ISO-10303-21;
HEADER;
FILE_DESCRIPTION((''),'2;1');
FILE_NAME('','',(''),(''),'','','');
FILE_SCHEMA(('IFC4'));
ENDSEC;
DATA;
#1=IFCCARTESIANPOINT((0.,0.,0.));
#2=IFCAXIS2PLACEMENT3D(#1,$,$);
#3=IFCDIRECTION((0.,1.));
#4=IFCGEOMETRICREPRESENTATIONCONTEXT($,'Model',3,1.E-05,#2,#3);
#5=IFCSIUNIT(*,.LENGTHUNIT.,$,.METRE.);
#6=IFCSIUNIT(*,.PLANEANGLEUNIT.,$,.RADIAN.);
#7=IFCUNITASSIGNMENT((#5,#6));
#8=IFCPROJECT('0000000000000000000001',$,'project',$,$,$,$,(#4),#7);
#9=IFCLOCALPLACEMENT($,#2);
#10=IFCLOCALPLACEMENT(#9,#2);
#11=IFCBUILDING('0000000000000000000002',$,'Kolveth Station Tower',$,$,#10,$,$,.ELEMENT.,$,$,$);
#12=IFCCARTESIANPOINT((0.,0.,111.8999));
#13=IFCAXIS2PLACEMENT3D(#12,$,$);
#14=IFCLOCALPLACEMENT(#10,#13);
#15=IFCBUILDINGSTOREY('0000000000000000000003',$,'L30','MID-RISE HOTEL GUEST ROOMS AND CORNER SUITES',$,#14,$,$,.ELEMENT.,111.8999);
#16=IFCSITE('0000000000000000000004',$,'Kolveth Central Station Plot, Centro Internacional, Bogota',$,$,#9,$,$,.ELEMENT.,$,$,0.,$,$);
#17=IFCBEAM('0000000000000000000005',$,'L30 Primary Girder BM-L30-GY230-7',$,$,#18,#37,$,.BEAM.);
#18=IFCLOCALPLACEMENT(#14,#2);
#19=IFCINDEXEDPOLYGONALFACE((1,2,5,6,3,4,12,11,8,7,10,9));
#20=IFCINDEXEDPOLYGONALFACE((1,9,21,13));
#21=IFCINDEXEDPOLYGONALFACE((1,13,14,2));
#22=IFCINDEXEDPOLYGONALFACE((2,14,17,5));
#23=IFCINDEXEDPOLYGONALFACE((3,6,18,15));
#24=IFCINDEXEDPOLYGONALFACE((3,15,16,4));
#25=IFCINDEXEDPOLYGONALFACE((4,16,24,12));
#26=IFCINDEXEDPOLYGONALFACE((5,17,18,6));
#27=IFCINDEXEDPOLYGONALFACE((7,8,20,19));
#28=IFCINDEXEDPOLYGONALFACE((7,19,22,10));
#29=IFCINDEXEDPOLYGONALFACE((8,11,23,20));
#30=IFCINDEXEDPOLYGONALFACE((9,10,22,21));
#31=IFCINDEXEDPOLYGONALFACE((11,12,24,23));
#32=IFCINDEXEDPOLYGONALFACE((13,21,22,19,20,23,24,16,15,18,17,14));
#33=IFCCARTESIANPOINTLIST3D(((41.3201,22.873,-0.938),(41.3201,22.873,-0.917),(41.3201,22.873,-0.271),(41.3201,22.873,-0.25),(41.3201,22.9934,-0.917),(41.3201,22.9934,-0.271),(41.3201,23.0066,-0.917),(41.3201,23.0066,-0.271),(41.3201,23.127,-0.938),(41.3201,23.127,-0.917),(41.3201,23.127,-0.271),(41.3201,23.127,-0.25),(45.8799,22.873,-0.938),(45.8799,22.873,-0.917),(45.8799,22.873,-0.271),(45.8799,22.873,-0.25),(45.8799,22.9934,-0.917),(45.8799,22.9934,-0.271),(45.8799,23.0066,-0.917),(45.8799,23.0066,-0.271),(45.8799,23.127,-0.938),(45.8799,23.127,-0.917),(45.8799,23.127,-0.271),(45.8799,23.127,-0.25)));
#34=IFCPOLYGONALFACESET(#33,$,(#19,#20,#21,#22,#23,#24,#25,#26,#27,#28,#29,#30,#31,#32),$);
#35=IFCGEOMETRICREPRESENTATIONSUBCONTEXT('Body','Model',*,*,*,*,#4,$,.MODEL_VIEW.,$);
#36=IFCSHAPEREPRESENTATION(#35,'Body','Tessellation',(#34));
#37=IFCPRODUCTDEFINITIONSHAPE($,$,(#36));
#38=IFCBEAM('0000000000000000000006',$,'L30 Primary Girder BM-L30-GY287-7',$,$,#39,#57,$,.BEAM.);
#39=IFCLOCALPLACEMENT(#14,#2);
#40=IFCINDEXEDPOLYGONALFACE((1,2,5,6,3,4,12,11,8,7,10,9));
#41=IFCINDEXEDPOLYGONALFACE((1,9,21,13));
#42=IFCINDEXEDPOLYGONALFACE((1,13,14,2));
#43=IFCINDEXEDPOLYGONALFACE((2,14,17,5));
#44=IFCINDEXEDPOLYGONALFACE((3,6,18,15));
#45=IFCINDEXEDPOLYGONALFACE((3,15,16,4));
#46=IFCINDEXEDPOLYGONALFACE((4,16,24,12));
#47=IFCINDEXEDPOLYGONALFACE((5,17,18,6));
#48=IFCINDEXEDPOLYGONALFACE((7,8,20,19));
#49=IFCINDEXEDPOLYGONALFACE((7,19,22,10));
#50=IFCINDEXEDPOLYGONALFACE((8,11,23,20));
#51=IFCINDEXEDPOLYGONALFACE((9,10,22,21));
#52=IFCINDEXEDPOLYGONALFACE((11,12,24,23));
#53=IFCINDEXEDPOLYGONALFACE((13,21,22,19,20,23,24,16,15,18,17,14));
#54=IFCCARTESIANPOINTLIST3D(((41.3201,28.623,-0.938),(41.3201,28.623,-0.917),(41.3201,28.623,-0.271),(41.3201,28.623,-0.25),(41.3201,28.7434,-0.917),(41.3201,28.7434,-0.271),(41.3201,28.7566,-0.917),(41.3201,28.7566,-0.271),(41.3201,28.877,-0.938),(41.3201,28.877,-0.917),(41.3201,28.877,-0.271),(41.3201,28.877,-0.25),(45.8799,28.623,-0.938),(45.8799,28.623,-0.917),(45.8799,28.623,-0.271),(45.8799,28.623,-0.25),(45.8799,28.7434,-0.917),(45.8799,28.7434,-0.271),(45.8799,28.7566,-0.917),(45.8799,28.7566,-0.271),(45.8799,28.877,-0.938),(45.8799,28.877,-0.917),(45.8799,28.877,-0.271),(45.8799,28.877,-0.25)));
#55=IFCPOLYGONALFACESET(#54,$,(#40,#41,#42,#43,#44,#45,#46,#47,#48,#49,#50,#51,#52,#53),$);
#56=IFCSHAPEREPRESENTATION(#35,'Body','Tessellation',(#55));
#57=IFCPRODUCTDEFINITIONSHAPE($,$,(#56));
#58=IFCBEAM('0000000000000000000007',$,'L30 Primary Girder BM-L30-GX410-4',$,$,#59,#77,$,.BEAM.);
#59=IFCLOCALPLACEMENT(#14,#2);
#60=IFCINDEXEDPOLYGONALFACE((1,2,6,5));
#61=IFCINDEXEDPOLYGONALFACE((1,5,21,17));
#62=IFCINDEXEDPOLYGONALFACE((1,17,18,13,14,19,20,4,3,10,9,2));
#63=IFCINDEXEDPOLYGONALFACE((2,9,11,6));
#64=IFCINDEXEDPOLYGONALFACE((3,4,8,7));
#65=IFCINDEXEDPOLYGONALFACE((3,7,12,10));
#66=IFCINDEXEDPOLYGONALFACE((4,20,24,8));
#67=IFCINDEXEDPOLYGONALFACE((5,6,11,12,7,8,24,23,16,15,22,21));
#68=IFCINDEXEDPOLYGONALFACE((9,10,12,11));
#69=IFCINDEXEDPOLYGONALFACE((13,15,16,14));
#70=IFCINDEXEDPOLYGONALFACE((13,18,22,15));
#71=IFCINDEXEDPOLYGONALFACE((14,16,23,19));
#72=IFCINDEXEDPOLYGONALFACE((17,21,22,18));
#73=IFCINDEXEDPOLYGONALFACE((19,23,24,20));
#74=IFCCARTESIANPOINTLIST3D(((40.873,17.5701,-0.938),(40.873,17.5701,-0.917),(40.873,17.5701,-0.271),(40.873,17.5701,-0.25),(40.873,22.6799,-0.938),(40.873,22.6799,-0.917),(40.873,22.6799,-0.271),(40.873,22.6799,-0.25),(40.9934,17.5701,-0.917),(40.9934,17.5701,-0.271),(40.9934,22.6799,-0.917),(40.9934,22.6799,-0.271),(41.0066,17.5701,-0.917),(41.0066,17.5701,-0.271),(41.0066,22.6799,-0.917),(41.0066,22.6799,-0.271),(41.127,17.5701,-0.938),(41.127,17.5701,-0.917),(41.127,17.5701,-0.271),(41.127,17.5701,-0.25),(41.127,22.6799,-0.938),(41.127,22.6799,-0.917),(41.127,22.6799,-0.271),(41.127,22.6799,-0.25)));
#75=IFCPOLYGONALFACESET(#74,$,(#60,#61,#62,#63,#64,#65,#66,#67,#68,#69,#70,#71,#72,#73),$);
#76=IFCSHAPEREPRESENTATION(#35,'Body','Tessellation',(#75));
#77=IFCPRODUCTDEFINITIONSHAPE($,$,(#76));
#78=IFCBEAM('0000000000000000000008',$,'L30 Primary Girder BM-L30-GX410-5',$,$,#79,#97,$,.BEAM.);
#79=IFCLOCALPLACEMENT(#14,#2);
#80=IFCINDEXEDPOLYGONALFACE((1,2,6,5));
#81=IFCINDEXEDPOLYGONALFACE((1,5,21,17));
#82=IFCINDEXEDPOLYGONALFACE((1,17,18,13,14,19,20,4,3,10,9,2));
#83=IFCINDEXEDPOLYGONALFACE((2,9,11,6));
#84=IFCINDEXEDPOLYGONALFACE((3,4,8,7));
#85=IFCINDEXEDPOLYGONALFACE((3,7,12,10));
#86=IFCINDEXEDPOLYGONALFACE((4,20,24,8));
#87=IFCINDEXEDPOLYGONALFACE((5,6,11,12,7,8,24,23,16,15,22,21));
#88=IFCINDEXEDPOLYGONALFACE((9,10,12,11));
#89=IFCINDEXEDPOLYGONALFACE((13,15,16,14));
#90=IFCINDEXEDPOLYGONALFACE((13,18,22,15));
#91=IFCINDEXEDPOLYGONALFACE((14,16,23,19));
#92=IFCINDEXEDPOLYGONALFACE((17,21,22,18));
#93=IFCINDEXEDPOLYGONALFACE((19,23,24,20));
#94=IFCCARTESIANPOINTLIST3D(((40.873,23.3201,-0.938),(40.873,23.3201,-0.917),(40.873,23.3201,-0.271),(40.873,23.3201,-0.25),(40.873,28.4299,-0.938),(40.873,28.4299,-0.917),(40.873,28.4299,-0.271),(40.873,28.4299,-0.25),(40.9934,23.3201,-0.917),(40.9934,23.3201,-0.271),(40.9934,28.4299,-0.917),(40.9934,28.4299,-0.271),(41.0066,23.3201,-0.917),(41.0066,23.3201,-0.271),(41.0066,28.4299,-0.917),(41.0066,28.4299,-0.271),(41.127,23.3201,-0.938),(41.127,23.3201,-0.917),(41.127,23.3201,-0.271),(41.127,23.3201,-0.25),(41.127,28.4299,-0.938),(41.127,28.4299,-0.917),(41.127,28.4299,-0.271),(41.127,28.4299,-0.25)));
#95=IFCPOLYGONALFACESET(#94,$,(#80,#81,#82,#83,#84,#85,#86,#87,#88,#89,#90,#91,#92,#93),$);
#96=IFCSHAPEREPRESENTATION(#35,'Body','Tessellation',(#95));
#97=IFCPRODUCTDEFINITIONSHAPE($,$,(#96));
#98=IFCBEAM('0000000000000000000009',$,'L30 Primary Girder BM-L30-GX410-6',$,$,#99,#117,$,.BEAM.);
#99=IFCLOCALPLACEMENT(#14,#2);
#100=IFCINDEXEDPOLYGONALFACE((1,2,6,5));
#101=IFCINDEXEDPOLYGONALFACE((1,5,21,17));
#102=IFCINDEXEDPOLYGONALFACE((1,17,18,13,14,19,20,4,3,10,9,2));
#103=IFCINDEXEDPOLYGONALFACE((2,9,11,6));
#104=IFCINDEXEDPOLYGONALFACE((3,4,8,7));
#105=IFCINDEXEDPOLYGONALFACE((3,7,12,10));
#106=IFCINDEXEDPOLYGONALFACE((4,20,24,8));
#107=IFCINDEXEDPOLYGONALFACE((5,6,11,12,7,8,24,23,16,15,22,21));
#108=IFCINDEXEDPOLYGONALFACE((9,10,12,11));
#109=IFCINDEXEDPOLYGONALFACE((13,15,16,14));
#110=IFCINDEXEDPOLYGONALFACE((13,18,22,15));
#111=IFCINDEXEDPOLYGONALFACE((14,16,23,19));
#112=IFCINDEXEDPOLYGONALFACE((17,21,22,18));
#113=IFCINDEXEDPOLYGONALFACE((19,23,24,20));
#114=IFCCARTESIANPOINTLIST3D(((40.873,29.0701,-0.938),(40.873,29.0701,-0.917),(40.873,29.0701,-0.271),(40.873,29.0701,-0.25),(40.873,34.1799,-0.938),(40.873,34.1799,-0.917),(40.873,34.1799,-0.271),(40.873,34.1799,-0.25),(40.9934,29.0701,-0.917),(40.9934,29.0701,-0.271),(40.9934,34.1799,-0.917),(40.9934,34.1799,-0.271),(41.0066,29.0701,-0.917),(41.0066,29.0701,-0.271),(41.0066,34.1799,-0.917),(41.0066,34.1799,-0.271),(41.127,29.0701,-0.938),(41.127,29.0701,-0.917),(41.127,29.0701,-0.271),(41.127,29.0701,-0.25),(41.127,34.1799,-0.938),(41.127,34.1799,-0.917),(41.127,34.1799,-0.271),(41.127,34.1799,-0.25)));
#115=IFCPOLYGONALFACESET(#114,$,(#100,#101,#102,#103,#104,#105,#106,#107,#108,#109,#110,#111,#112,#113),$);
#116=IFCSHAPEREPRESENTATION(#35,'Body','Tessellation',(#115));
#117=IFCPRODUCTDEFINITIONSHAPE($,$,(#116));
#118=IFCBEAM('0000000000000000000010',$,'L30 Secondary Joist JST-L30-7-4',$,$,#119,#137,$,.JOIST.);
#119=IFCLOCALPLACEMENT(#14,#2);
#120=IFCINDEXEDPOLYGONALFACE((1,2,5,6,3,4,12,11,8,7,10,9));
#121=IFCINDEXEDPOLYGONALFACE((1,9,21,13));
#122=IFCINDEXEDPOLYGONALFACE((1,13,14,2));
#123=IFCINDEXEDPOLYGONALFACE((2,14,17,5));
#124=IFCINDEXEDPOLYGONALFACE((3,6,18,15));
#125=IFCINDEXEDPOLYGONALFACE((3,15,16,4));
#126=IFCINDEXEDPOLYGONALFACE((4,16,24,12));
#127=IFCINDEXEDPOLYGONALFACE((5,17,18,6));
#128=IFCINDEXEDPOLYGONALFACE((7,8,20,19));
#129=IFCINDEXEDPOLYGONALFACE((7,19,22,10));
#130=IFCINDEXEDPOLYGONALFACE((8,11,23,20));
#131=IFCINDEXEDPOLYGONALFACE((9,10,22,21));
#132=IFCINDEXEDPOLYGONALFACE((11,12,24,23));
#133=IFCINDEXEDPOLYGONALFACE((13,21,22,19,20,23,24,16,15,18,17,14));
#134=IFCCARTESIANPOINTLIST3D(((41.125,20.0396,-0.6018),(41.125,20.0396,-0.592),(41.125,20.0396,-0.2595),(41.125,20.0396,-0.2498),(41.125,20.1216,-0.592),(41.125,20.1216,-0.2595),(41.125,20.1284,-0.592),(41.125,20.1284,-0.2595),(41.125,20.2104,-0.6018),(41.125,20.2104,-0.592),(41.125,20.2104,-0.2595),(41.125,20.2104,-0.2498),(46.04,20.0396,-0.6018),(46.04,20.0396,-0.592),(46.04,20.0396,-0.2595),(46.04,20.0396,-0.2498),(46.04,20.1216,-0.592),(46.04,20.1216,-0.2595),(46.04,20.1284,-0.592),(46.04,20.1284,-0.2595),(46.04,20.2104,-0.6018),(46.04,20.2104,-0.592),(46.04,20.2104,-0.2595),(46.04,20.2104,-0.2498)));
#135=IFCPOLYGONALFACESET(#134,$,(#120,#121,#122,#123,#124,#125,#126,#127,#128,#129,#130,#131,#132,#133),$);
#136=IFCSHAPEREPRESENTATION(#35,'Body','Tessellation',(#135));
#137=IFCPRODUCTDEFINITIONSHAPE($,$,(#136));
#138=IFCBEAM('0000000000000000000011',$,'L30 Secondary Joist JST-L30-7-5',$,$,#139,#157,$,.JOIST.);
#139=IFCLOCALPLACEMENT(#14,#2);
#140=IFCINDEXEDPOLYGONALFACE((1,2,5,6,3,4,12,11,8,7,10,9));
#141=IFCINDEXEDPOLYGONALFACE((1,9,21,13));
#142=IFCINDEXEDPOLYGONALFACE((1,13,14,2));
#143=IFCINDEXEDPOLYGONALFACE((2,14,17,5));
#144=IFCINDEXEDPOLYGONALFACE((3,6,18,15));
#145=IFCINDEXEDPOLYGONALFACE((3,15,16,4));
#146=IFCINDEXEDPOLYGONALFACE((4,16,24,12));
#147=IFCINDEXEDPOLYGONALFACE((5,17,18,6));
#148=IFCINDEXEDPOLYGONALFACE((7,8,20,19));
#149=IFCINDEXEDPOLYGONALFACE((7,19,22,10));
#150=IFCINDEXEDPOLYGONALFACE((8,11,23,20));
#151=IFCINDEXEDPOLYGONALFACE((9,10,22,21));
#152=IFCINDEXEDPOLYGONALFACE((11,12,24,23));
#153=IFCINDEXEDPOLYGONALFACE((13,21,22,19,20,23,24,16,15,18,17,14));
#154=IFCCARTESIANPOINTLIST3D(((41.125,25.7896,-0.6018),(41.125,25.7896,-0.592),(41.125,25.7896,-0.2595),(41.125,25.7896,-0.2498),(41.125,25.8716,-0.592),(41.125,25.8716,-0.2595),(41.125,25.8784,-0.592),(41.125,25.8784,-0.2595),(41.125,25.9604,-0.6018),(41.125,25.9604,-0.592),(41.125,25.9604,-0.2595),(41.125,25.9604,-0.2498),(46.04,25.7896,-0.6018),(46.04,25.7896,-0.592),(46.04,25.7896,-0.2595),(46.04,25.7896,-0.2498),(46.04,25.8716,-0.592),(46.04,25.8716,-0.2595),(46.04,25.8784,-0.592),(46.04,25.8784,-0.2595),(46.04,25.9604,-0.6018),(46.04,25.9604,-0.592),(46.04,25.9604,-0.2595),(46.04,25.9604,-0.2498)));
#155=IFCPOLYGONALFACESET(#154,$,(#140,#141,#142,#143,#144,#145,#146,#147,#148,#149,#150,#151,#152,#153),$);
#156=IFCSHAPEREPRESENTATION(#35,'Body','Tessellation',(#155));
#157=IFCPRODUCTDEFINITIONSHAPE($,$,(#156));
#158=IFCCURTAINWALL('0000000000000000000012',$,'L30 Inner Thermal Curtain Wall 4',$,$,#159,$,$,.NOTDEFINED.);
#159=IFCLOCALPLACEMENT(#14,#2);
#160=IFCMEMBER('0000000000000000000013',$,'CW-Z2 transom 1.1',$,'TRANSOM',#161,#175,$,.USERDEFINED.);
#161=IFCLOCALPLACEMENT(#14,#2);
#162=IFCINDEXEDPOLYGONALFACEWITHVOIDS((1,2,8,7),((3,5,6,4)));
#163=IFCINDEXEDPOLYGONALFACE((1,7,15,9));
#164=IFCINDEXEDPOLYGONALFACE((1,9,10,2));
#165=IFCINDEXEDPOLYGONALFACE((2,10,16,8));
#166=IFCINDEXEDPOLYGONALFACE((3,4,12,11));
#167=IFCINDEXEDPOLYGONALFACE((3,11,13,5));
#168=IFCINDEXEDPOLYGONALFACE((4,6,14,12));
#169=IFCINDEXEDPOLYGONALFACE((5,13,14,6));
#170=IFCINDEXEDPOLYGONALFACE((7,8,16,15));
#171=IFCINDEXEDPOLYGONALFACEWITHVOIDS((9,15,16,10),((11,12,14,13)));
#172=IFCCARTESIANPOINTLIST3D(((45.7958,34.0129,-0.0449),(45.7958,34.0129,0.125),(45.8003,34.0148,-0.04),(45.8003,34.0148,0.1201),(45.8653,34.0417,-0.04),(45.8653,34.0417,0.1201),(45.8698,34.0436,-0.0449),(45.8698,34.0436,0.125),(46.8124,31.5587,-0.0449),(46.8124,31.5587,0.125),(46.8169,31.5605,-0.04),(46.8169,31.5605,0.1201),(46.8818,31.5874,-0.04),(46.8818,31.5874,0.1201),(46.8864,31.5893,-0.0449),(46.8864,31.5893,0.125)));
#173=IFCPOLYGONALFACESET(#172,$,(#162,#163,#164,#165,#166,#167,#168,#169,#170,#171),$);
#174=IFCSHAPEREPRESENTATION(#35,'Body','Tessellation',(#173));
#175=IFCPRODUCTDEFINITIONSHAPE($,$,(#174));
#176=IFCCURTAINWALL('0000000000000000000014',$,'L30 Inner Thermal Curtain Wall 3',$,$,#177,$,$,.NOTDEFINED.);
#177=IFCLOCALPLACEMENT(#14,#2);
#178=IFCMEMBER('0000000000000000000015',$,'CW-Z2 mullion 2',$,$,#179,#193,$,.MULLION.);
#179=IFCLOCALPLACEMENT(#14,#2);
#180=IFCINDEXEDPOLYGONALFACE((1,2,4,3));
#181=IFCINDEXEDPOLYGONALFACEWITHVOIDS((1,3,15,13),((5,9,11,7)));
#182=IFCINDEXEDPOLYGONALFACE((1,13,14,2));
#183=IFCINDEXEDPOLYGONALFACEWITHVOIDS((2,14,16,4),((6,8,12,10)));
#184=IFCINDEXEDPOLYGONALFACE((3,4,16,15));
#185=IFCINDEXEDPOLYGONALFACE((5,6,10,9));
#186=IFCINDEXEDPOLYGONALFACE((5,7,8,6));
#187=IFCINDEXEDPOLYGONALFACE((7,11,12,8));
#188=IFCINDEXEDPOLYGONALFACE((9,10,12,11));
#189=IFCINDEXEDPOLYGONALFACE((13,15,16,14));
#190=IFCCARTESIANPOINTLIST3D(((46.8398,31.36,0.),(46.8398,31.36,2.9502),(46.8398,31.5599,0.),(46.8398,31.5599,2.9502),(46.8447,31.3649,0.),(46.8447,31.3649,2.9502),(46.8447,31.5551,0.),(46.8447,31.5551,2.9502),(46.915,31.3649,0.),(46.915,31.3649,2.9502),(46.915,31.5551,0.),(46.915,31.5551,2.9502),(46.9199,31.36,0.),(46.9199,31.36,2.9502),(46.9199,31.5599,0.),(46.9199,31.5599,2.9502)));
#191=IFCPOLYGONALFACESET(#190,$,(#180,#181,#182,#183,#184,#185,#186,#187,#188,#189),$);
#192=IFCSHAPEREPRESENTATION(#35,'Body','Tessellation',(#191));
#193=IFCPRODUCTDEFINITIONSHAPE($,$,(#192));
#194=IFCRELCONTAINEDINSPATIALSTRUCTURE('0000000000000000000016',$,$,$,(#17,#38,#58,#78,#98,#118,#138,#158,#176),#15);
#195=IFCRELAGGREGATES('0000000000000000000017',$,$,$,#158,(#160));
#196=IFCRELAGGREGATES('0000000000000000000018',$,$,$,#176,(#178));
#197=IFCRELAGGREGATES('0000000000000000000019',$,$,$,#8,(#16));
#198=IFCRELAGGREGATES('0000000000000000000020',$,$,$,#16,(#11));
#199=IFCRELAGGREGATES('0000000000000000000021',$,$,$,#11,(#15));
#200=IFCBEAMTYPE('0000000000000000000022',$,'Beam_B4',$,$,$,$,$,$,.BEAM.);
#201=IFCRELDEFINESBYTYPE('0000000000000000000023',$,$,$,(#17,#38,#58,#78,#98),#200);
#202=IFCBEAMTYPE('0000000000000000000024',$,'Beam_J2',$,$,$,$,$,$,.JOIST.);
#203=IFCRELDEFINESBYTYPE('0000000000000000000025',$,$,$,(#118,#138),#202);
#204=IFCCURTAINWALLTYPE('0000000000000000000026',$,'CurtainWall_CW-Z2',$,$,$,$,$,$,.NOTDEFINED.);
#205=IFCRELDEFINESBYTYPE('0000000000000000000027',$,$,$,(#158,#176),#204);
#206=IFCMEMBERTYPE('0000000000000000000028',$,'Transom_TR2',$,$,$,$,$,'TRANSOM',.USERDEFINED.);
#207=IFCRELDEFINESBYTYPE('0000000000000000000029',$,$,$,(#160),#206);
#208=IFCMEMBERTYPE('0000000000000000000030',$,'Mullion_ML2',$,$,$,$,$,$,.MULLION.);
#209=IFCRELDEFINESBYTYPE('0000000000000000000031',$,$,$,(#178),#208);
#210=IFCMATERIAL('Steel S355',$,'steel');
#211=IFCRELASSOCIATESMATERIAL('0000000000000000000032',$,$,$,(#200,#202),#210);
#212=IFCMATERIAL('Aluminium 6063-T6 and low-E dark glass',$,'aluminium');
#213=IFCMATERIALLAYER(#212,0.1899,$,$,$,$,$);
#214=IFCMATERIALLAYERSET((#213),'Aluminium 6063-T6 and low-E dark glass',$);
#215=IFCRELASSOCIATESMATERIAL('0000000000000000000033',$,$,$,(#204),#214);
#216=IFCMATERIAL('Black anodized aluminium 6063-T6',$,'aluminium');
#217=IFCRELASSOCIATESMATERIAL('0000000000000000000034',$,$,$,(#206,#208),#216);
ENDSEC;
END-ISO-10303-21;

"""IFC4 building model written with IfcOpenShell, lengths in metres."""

from ifc_helpers import new_model, si_unit, direction, frame, origin, origin_2d, place, context, subcontext, project, spatial, hollow_rectangle, i_section, extrude, source, transform, mapped, material, layer, layer_set, material_profile, profile_set, type_object, element, aggregate, save


model = new_model("IFC4")

# Units and contexts
model_context = context("Model", 3, precision=1e-05, world=origin(), true_north=direction((0.0, 1.0)))
body_context = subcontext(model_context, "Body", "Model", "MODEL_VIEW")
ifc_project = project(units=[si_unit("LENGTHUNIT", "METRE"), si_unit("PLANEANGLEUNIT", "RADIAN")], contexts=[model_context])

# Site, building, storey
site_placement = place(None, origin())
site = spatial("IfcSite", under=ifc_project, at=site_placement, Name="Kolveth Central Station Plot, Centro Internacional, Bogota", CompositionType="ELEMENT", RefElevation=0.0)
building_placement = place(site_placement, origin())
building = spatial("IfcBuilding", under=site, at=building_placement, Name="Kolveth Station Tower", CompositionType="ELEMENT")
storey_placement = place(building_placement, frame((0.0, 0.0, 111.8999)))
storey = spatial("IfcBuildingStorey", under=building, at=storey_placement, Name="L30", Description="MID-RISE HOTEL GUEST ROOMS AND CORNER SUITES", CompositionType="ELEMENT", Elevation=111.8999)

# Beams
ifc_material_1 = material(Name="Steel S355", Category="steel")
ifc_material_profile_1 = material_profile(ifc_material_1, i_section(OverallWidth=0.2539, OverallDepth=0.688, WebThickness=0.0132, FlangeThickness=0.021, at=origin_2d()), Name="W690x152")
ifc_profile_set_1 = profile_set([ifc_material_profile_1], Name="Steel S355")
beam_type_1 = type_object("IfcBeamType", Name="Beam_B4", PredefinedType="BEAM", material=ifc_profile_set_1)
shared_shape_1 = source(origin(), body_context, "Body", "SweptSolid", [
    extrude(i_section(OverallWidth=0.2539, OverallDepth=0.688, WebThickness=0.0132, FlangeThickness=0.021, at=origin_2d()), origin(), (0.0, 0.0, 1.0), 4.5598),
])
for number, where, z_axis, x_axis, name in (
    (1, (41.3201, 23.0, -0.594), (1.0, 0.0, 0.0), (0.0, 1.0, 0.0), "L30 Primary Girder BM-L30-GY230-7"),
    (2, (41.3201, 28.75, -0.594), (1.0, 0.0, 0.0), (0.0, 1.0, 0.0), "L30 Primary Girder BM-L30-GY287-7"),
):
    element("IfcBeam", number, at=place(storey_placement, frame(where, z_axis=z_axis, x_axis=x_axis)), inside=storey, type_object=beam_type_1, Name=name, PredefinedType="BEAM", context=body_context, shape_type="MappedRepresentation", body=[
        mapped(shared_shape_1, transform((0.0, 0.0, 0.0), x_axis=(1.0, 0.0, 0.0), y_axis=(0.0, 1.0, 0.0), z_axis=(0.0, 0.0, 1.0), scale=1.0)),
    ])
shared_shape_2 = source(origin(), body_context, "Body", "SweptSolid", [
    extrude(i_section(OverallWidth=0.2539, OverallDepth=0.688, WebThickness=0.0132, FlangeThickness=0.021, at=origin_2d()), origin(), (0.0, 0.0, 1.0), 5.1099),
])
for number, where, z_axis, x_axis, name in (
    (3, (41.0, 17.5701, -0.594), (0.0, 1.0, 0.0), (-1.0, 0.0, 0.0), "L30 Primary Girder BM-L30-GX410-4"),
    (4, (41.0, 23.3201, -0.594), (0.0, 1.0, 0.0), (-1.0, 0.0, 0.0), "L30 Primary Girder BM-L30-GX410-5"),
    (5, (41.0, 29.0701, -0.594), (0.0, 1.0, 0.0), (-1.0, 0.0, 0.0), "L30 Primary Girder BM-L30-GX410-6"),
):
    element("IfcBeam", number, at=place(storey_placement, frame(where, z_axis=z_axis, x_axis=x_axis)), inside=storey, type_object=beam_type_1, Name=name, PredefinedType="BEAM", context=body_context, shape_type="MappedRepresentation", body=[
        mapped(shared_shape_2, transform((0.0, 0.0, 0.0), x_axis=(1.0, 0.0, 0.0), y_axis=(0.0, 1.0, 0.0), z_axis=(0.0, 0.0, 1.0), scale=1.0)),
    ])
ifc_material_profile_2 = material_profile(ifc_material_1, i_section(OverallWidth=0.1709, OverallDepth=0.3521, WebThickness=0.0068, FlangeThickness=0.0098, at=origin_2d()), Name="W360x44")
ifc_profile_set_2 = profile_set([ifc_material_profile_2], Name="Steel S355")
beam_type_2 = type_object("IfcBeamType", Name="Beam_J2", PredefinedType="JOIST", material=ifc_profile_set_2)
shared_shape_3 = source(origin(), body_context, "Body", "SweptSolid", [
    extrude(i_section(OverallWidth=0.1709, OverallDepth=0.3521, WebThickness=0.0068, FlangeThickness=0.0098, at=origin_2d()), origin(), (0.0, 0.0, 1.0), 4.915),
])
for number, where, z_axis, x_axis, name in (
    (6, (41.125, 20.125, -0.4258), (1.0, 0.0, 0.0), (0.0, 1.0, 0.0), "L30 Secondary Joist JST-L30-7-4"),
    (7, (41.125, 25.875, -0.4258), (1.0, 0.0, 0.0), (0.0, 1.0, 0.0), "L30 Secondary Joist JST-L30-7-5"),
):
    element("IfcBeam", number, at=place(storey_placement, frame(where, z_axis=z_axis, x_axis=x_axis)), inside=storey, type_object=beam_type_2, Name=name, PredefinedType="JOIST", context=body_context, shape_type="MappedRepresentation", body=[
        mapped(shared_shape_3, transform((0.0, 0.0, 0.0), x_axis=(1.0, 0.0, 0.0), y_axis=(0.0, 1.0, 0.0), z_axis=(0.0, 0.0, 1.0), scale=1.0)),
    ])

# Curtain walls, members
ifc_material_2 = material(Name="Aluminium 6063-T6 and low-E dark glass", Category="aluminium")
ifc_layer_1 = layer(ifc_material_2, 0.1899)
ifc_layer_set_1 = layer_set([ifc_layer_1], Name="Aluminium 6063-T6 and low-E dark glass")
curtain_wall_type = type_object("IfcCurtainWallType", Name="CurtainWall_CW-Z2", PredefinedType="NOTDEFINED", material=ifc_layer_set_1)
curtain_wall_1_placement = place(storey_placement, origin())
curtain_wall_1 = element("IfcCurtainWall", 8, at=curtain_wall_1_placement, inside=storey, type_object=curtain_wall_type, Name="L30 Inner Thermal Curtain Wall 4", PredefinedType="NOTDEFINED")
ifc_material_3 = material(Name="Black anodized aluminium 6063-T6", Category="aluminium")
ifc_material_profile_3 = material_profile(ifc_material_3, hollow_rectangle(XDim=0.0801, YDim=0.1699, WallThickness=0.0049, at=origin_2d()), Name="ALU-80x170x5")
ifc_profile_set_3 = profile_set([ifc_material_profile_3], Name="Black anodized aluminium 6063-T6")
member_type_1 = type_object("IfcMemberType", Name="Transom_TR2", ElementType="TRANSOM", PredefinedType="USERDEFINED", material=ifc_profile_set_3)
shared_shape_4 = source(origin(), body_context, "Body", "SweptSolid", [
    extrude(hollow_rectangle(XDim=0.0801, YDim=0.1699, WallThickness=0.0049, at=origin_2d()), origin(), (0.0, 0.0, 1.0), 2.6565),
])
member_1_placement = place(storey_placement, frame((46.8494, 31.574, 0.04), z_axis=(-0.382676, 0.923882, 0.0), x_axis=(-0.923882, -0.382676, 0.0)))
member_1 = element("IfcMember", 9, at=member_1_placement, type_object=member_type_1, Name="CW-Z2 transom 1.1", ObjectType="TRANSOM", PredefinedType="USERDEFINED", context=body_context, shape_type="MappedRepresentation", body=[
    mapped(shared_shape_4, transform((0.0, 0.0, 0.0), x_axis=(1.0, 0.0, 0.0), y_axis=(0.0, 1.0, 0.0), z_axis=(0.0, 0.0, 1.0), scale=1.0)),
])
curtain_wall_2_placement = place(storey_placement, origin())
curtain_wall_2 = element("IfcCurtainWall", 10, at=curtain_wall_2_placement, inside=storey, type_object=curtain_wall_type, Name="L30 Inner Thermal Curtain Wall 3", PredefinedType="NOTDEFINED")
ifc_material_profile_4 = material_profile(ifc_material_3, hollow_rectangle(XDim=0.0801, YDim=0.2, WallThickness=0.0049, at=origin_2d()), Name="ALU-80x200x5")
ifc_profile_set_4 = profile_set([ifc_material_profile_4], Name="Black anodized aluminium 6063-T6")
member_type_2 = type_object("IfcMemberType", Name="Mullion_ML2", PredefinedType="MULLION", material=ifc_profile_set_4)
shared_shape_5 = source(origin(), body_context, "Body", "SweptSolid", [
    extrude(hollow_rectangle(XDim=0.0801, YDim=0.2, WallThickness=0.0049, at=origin_2d()), origin(), (0.0, 0.0, 1.0), 2.9502),
])
member_2_placement = place(storey_placement, frame((46.8799, 31.46, 0.0), z_axis=(0.0, 0.0, 1.0), x_axis=(-1.0, 0.0, 0.0)))
member_2 = element("IfcMember", 11, at=member_2_placement, type_object=member_type_2, Name="CW-Z2 mullion 2", PredefinedType="MULLION", context=body_context, shape_type="MappedRepresentation", body=[
    mapped(shared_shape_5, transform((0.0, 0.0, 0.0), x_axis=(1.0, 0.0, 0.0), y_axis=(0.0, 1.0, 0.0), z_axis=(0.0, 0.0, 1.0), scale=1.0)),
])

aggregate(curtain_wall_1, [member_1])

aggregate(curtain_wall_2, [member_2])

save(model, "model.ifc")
